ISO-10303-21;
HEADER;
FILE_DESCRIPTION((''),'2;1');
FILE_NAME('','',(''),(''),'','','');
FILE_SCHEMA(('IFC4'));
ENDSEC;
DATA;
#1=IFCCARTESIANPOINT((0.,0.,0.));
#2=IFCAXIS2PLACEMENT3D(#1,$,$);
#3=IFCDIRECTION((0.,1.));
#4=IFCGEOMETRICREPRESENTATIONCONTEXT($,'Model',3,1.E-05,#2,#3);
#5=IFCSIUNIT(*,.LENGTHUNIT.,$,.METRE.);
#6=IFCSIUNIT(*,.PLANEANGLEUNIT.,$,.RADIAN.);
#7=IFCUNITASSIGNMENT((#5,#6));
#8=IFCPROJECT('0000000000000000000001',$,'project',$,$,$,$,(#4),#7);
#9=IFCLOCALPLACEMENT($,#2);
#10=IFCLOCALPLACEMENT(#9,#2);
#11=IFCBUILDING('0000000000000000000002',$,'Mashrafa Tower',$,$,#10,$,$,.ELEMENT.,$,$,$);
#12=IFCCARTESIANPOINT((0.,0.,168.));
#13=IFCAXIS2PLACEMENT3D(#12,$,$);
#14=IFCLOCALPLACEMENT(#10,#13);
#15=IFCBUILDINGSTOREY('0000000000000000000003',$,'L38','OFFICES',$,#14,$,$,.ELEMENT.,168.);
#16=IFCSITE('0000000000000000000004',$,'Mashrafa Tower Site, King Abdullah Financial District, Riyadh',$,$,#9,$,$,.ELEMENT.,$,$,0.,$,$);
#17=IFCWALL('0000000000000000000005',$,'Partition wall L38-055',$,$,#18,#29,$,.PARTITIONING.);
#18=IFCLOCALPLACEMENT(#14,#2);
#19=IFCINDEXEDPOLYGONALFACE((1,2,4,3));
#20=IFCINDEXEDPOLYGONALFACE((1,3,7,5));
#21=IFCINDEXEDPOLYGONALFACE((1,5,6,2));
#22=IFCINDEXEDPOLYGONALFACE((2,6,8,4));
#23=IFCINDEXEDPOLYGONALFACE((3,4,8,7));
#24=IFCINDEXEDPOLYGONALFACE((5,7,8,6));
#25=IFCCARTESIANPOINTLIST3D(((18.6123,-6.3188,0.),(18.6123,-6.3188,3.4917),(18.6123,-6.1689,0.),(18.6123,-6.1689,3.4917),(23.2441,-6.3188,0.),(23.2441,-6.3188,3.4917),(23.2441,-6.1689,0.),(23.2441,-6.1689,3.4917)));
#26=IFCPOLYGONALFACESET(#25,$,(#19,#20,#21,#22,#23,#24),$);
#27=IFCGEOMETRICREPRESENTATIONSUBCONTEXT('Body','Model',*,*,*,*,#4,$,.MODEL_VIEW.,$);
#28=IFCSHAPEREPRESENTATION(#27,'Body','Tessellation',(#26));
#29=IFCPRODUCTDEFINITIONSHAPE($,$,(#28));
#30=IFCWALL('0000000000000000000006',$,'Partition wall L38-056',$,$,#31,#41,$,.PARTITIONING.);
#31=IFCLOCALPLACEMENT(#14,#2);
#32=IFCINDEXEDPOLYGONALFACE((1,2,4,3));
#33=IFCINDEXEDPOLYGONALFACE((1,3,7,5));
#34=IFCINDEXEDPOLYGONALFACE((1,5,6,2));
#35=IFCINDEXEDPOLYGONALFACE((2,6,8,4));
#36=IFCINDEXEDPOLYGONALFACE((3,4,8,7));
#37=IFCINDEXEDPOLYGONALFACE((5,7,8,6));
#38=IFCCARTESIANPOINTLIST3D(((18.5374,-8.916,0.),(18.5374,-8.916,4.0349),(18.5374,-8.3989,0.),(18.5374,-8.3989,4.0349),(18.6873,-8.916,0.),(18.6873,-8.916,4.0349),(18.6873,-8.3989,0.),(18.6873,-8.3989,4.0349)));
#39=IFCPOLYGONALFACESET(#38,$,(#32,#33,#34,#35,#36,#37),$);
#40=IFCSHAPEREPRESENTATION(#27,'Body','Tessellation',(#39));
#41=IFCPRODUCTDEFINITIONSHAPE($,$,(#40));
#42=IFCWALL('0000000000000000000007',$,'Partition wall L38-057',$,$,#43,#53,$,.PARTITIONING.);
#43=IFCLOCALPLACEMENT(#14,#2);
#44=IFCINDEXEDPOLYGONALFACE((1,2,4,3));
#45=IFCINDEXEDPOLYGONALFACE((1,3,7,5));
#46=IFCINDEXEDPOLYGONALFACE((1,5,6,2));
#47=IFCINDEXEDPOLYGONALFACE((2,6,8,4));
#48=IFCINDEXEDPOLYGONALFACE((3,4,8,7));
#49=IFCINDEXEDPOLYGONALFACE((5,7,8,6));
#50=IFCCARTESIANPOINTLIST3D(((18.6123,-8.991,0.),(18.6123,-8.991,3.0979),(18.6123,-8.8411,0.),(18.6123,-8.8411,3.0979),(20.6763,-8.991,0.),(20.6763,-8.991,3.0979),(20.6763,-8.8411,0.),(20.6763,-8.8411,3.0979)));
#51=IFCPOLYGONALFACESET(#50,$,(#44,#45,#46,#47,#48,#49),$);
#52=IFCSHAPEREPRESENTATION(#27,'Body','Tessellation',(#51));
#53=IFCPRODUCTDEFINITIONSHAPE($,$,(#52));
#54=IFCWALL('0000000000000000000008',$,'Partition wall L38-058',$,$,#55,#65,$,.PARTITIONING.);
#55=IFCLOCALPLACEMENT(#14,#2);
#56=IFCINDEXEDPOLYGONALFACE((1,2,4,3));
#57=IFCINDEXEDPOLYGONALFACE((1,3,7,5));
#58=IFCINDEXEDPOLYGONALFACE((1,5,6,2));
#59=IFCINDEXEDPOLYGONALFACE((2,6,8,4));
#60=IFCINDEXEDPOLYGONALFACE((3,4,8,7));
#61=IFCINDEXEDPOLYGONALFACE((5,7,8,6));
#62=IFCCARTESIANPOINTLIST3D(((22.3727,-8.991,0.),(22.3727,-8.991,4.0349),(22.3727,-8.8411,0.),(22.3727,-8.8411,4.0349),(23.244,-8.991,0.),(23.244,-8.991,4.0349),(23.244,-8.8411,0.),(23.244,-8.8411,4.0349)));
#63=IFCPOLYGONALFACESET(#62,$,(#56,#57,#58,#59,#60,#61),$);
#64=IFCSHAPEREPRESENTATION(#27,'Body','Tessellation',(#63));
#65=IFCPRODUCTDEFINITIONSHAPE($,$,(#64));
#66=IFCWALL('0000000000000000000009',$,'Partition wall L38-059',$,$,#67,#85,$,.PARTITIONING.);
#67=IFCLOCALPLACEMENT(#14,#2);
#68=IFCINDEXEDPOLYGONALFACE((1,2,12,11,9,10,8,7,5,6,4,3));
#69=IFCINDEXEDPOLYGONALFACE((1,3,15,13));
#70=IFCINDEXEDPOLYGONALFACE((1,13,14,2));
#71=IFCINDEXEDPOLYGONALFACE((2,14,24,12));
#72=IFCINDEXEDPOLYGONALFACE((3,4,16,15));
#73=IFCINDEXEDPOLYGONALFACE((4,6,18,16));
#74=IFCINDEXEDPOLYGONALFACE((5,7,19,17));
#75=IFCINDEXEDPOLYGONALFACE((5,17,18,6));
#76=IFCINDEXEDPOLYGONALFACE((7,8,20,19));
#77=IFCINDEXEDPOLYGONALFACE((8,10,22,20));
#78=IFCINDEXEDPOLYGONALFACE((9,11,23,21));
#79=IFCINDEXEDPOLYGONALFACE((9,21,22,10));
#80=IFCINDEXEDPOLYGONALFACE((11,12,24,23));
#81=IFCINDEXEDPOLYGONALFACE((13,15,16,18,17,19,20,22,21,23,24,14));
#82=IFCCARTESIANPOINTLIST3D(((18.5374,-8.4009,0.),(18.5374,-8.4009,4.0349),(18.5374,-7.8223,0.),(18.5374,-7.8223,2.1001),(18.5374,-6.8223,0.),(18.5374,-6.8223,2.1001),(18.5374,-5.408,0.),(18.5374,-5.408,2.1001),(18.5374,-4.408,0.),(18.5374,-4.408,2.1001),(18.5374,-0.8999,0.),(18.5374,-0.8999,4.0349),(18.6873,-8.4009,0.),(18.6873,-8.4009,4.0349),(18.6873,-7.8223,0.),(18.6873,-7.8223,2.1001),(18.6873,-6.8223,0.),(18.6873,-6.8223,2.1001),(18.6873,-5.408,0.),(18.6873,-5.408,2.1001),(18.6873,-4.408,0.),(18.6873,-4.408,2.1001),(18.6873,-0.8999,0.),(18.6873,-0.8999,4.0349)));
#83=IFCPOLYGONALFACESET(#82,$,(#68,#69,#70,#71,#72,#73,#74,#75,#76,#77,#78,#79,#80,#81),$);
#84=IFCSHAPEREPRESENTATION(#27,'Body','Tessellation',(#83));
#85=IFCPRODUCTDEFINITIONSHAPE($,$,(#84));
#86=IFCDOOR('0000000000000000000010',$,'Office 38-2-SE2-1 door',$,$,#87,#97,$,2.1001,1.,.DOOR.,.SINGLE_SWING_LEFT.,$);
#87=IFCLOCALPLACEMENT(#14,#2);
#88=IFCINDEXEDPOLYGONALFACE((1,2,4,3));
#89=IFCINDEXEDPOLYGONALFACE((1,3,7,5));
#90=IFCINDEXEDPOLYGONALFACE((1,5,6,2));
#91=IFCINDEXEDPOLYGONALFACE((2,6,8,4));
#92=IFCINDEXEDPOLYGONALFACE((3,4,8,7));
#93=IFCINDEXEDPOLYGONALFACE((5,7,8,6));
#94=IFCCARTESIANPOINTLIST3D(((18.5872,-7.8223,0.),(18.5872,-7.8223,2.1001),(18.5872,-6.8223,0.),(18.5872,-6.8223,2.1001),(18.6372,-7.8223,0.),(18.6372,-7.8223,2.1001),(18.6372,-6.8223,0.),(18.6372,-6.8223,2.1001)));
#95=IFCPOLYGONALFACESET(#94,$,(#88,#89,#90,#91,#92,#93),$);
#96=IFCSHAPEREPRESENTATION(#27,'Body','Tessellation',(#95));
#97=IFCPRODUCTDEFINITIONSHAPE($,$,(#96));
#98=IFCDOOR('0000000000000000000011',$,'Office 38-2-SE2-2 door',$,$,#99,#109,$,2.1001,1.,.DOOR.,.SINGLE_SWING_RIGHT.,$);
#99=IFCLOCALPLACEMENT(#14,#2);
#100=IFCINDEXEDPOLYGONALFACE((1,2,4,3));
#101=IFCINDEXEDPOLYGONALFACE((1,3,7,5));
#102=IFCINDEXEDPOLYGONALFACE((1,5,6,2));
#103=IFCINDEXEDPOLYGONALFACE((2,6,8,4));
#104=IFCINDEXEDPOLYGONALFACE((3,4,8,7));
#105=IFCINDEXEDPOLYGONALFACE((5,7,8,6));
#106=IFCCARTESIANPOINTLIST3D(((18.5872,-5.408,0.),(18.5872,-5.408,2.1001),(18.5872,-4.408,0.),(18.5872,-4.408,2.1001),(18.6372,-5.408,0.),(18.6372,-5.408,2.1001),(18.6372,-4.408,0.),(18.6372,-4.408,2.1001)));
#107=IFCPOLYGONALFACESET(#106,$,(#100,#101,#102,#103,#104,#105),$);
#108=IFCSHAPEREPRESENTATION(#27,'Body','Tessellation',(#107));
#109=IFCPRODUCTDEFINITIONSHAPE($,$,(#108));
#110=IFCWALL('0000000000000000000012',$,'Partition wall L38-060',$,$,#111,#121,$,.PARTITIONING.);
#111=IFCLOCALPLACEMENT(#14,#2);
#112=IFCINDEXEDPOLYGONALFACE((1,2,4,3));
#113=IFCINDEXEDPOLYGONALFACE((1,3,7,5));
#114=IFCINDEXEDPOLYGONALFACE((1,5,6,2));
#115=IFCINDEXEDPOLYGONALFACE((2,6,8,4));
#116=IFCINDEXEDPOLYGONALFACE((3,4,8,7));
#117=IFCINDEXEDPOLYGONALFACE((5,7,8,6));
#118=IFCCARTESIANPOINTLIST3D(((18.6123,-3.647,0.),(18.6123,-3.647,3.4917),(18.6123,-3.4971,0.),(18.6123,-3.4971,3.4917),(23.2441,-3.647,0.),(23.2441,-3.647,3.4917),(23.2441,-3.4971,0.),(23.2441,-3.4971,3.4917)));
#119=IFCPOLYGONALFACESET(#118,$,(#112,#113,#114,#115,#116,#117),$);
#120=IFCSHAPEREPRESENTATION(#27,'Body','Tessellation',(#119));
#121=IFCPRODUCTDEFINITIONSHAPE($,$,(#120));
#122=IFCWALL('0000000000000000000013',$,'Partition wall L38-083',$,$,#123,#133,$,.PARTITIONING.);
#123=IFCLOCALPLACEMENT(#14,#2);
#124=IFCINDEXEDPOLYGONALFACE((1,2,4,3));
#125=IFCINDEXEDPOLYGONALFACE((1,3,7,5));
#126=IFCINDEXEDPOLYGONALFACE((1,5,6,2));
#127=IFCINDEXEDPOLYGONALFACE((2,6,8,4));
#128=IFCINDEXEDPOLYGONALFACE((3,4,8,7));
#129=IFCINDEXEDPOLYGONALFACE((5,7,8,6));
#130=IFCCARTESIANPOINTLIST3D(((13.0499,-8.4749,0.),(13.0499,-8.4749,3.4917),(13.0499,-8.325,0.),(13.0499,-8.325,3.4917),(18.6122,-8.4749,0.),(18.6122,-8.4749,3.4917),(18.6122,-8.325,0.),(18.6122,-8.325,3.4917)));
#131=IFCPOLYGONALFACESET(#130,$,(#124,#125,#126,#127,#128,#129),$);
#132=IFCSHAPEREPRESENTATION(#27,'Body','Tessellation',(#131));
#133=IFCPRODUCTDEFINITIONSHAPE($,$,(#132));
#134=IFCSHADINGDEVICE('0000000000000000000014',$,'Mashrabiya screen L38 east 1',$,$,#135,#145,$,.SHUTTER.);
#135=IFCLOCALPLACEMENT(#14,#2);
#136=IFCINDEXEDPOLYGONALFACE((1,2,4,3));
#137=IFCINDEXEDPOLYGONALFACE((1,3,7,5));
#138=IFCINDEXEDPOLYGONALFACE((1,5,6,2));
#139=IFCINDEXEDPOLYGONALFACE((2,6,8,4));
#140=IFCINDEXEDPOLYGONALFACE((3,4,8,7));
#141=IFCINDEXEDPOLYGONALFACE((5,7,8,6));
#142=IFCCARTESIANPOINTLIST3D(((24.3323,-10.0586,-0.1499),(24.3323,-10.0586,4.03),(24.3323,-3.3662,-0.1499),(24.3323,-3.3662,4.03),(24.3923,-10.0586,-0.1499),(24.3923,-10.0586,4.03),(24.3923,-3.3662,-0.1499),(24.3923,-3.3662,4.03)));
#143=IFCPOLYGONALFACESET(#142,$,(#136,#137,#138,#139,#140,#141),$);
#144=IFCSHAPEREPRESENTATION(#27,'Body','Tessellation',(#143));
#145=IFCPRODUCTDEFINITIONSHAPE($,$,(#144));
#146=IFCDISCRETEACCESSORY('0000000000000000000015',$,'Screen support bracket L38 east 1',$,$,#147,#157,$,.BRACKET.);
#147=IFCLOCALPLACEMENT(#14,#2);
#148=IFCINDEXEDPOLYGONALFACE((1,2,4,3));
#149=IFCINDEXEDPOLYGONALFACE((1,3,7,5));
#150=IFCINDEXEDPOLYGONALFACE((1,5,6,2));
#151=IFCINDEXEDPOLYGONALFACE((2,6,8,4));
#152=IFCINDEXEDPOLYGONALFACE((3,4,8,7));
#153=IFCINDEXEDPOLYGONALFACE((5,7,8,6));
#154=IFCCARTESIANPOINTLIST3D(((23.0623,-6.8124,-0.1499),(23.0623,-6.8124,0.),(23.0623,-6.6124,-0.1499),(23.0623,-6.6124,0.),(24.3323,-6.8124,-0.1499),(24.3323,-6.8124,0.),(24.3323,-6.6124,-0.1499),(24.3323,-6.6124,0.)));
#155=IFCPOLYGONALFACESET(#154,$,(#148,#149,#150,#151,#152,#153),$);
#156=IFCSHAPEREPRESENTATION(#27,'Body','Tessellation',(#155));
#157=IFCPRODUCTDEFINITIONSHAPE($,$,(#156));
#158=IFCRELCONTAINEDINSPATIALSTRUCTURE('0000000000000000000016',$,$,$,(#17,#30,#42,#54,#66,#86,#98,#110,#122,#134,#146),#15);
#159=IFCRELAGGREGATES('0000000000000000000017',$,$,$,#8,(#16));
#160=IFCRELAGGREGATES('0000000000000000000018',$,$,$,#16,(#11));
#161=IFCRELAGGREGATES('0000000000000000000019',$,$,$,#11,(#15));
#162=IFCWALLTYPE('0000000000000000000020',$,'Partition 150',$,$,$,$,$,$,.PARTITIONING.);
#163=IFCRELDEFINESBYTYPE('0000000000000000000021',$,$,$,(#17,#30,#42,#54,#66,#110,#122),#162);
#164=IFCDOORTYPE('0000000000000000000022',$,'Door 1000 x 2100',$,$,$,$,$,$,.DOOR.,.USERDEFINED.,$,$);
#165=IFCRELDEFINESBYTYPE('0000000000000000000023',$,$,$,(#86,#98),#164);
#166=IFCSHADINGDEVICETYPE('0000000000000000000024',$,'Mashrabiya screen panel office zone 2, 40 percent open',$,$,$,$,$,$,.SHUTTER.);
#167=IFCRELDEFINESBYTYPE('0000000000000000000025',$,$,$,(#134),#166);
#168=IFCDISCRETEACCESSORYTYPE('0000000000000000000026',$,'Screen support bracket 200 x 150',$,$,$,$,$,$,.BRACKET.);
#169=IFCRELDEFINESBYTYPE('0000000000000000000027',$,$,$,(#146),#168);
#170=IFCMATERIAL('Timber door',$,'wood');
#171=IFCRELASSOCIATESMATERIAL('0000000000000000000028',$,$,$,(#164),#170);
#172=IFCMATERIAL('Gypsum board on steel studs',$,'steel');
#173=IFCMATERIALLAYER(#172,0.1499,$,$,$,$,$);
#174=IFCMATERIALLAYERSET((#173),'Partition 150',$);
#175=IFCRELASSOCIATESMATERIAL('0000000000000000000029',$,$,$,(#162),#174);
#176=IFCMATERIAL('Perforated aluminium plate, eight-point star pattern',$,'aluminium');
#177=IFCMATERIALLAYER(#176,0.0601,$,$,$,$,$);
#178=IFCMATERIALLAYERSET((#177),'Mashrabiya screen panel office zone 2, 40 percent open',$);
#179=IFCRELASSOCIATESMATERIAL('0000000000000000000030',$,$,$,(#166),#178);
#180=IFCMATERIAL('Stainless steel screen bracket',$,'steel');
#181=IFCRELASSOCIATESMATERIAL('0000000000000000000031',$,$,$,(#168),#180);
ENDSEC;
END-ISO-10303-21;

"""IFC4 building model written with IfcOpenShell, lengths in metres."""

from ifc_helpers import new_model, si_unit, direction, frame, frame_2d, origin, origin_2d, place, context, subcontext, project, spatial, rectangle, extrude, source, transform, mapped, material, layer, layer_set, type_object, type_shapes, element, fill, save


model = new_model("IFC4")

# Units and contexts
model_context = context("Model", 3, precision=1e-05, world=origin(), true_north=direction((0.0, 1.0)))
body_context = subcontext(model_context, "Body", "Model", "MODEL_VIEW")
ifc_project = project(units=[si_unit("LENGTHUNIT", "METRE"), si_unit("PLANEANGLEUNIT", "RADIAN")], contexts=[model_context])

# Site, building, storey
site_placement = place(None, origin())
site = spatial("IfcSite", under=ifc_project, at=site_placement, Name="Mashrafa Tower Site, King Abdullah Financial District, Riyadh", CompositionType="ELEMENT", RefElevation=0.0)
building_placement = place(site_placement, origin())
building = spatial("IfcBuilding", under=site, at=building_placement, Name="Mashrafa Tower", CompositionType="ELEMENT")
storey_placement = place(building_placement, frame((0.0, 0.0, 168.0)))
storey = spatial("IfcBuildingStorey", under=building, at=storey_placement, Name="L38", Description="OFFICES", CompositionType="ELEMENT", Elevation=168.0)

# Shared definitions
ifc_material_1 = material(Name="Timber door", Category="wood")
door_type_1 = type_object("IfcDoorType", Name="Door 1000 x 2100", OperationType="USERDEFINED", PredefinedType="DOOR", material=ifc_material_1)

# Walls
ifc_material_2 = material(Name="Gypsum board on steel studs", Category="steel")
ifc_layer_1 = layer(ifc_material_2, 0.1499)
ifc_layer_set_1 = layer_set([ifc_layer_1], Name="Partition 150")
wall_type_1 = type_object("IfcWallType", Name="Partition 150", PredefinedType="PARTITIONING", material=ifc_layer_set_1)
wall_1_placement = place(storey_placement, frame((23.2441, -6.2439, 0.0), z_axis=(0.0, 0.0, 1.0), x_axis=(-1.0, 0.0, 0.0)))
element("IfcWall", 1, at=wall_1_placement, inside=storey, type_object=wall_type_1, Name="Partition wall L38-055", PredefinedType="PARTITIONING", context=body_context, shape_type="SweptSolid", body=[
    extrude(rectangle(XDim=4.6318, YDim=0.1499, at=frame_2d((2.3159, 0.0))), origin(), (0.0, 0.0, 1.0), 3.4917),
])
wall_2_placement = place(storey_placement, frame((18.6123, -8.3989, 0.0), z_axis=(0.0, 0.0, 1.0), x_axis=(0.0, -1.0, 0.0)))
element("IfcWall", 2, at=wall_2_placement, inside=storey, type_object=wall_type_1, Name="Partition wall L38-056", PredefinedType="PARTITIONING", context=body_context, shape_type="SweptSolid", body=[
    extrude(rectangle(XDim=0.5171, YDim=0.1499, at=frame_2d((0.2585, 0.0))), origin(), (0.0, 0.0, 1.0), 4.0349),
])
wall_3_placement = place(storey_placement, frame((18.6123, -8.916, 0.0), z_axis=(0.0, 0.0, 1.0), x_axis=(1.0, 0.0, 0.0)))
element("IfcWall", 3, at=wall_3_placement, inside=storey, type_object=wall_type_1, Name="Partition wall L38-057", PredefinedType="PARTITIONING", context=body_context, shape_type="SweptSolid", body=[
    extrude(rectangle(XDim=2.064, YDim=0.1499, at=frame_2d((1.032, 0.0))), origin(), (0.0, 0.0, 1.0), 3.0979),
])
wall_4_placement = place(storey_placement, frame((22.3728, -8.916, 0.0), z_axis=(0.0, 0.0, 1.0), x_axis=(1.0, 0.0, 0.0)))
element("IfcWall", 4, at=wall_4_placement, inside=storey, type_object=wall_type_1, Name="Partition wall L38-058", PredefinedType="PARTITIONING", context=body_context, shape_type="SweptSolid", body=[
    extrude(rectangle(XDim=0.8713, YDim=0.1499, at=frame_2d((0.4355, 0.0))), origin(), (0.0, 0.0, 1.0), 4.0349),
])

# Wall, openings, doors
wall_5_placement = place(storey_placement, frame((18.6123, -8.4009, 0.0), z_axis=(0.0, 0.0, 1.0), x_axis=(0.0, 1.0, 0.0)))
wall_5 = element("IfcWall", 5, at=wall_5_placement, inside=storey, type_object=wall_type_1, Name="Partition wall L38-059", PredefinedType="PARTITIONING", context=body_context, shape_type="SweptSolid", body=[
    extrude(rectangle(XDim=7.501, YDim=0.1499, at=frame_2d((3.7505, 0.0))), origin(), (0.0, 0.0, 1.0), 4.0349),
])
opening_1_placement = place(wall_5_placement, frame((0.5786, 0.0, 0.0)))
opening_1 = element("IfcOpeningElement", 6, at=opening_1_placement, cuts=wall_5, PredefinedType="OPENING", context=body_context, shape_type="SweptSolid", body=[
    extrude(rectangle(XDim=1.0, YDim=2.1001, at=frame_2d((0.5, 1.05))), frame((0.0, 0.085, 0.0), z_axis=(0.0, -1.0, 0.0), x_axis=(1.0, 0.0, 0.0)), (0.0, 0.0, 1.0), 0.1699),
])
opening_2_placement = place(wall_5_placement, frame((2.9929, 0.0, 0.0)))
opening_2 = element("IfcOpeningElement", 7, at=opening_2_placement, cuts=wall_5, PredefinedType="OPENING", context=body_context, shape_type="SweptSolid", body=[
    extrude(rectangle(XDim=1.0, YDim=2.1001, at=frame_2d((0.5, 1.05))), frame((0.0, 0.085, 0.0), z_axis=(0.0, -1.0, 0.0), x_axis=(1.0, 0.0, 0.0)), (0.0, 0.0, 1.0), 0.1699),
])
door_1_placement = place(opening_1_placement, frame((1.0, 0.0, 0.0), z_axis=(0.0, 0.0, 1.0), x_axis=(-1.0, 0.0, 0.0)))
door_1 = element("IfcDoor", 8, at=door_1_placement, inside=storey, type_object=door_type_1, Name="Office 38-2-SE2-1 door", OperationType="SINGLE_SWING_LEFT", OverallHeight=2.1001, OverallWidth=1.0, PredefinedType="DOOR", context=body_context, shape_type="SweptSolid", body=[
    extrude(rectangle(XDim=1.0, YDim=2.1001, at=frame_2d((0.5, 1.05))), frame((0.0, 0.0249, 0.0), z_axis=(0.0, -1.0, 0.0), x_axis=(1.0, 0.0, 0.0)), (0.0, 0.0, 1.0), 0.05),
])
fill(opening_1, door_1)
door_2_placement = place(opening_2_placement, frame((1.0, 0.0, 0.0), z_axis=(0.0, 0.0, 1.0), x_axis=(-1.0, 0.0, 0.0)))
door_2 = element("IfcDoor", 9, at=door_2_placement, inside=storey, type_object=door_type_1, Name="Office 38-2-SE2-2 door", OperationType="SINGLE_SWING_RIGHT", OverallHeight=2.1001, OverallWidth=1.0, PredefinedType="DOOR", context=body_context, shape_type="SweptSolid", body=[
    extrude(rectangle(XDim=1.0, YDim=2.1001, at=frame_2d((0.5, 1.05))), frame((0.0, 0.0249, 0.0), z_axis=(0.0, -1.0, 0.0), x_axis=(1.0, 0.0, 0.0)), (0.0, 0.0, 1.0), 0.05),
])
fill(opening_2, door_2)

# Walls
wall_6_placement = place(storey_placement, frame((23.2441, -3.572, 0.0), z_axis=(0.0, 0.0, 1.0), x_axis=(-1.0, 0.0, 0.0)))
element("IfcWall", 10, at=wall_6_placement, inside=storey, type_object=wall_type_1, Name="Partition wall L38-060", PredefinedType="PARTITIONING", context=body_context, shape_type="SweptSolid", body=[
    extrude(rectangle(XDim=4.6318, YDim=0.1499, at=frame_2d((2.3159, 0.0))), origin(), (0.0, 0.0, 1.0), 3.4917),
])
wall_7_placement = place(storey_placement, frame((18.6123, -8.3999, 0.0), z_axis=(0.0, 0.0, 1.0), x_axis=(-1.0, 0.0, 0.0)))
element("IfcWall", 11, at=wall_7_placement, inside=storey, type_object=wall_type_1, Name="Partition wall L38-083", PredefinedType="PARTITIONING", context=body_context, shape_type="SweptSolid", body=[
    extrude(rectangle(XDim=5.5623, YDim=0.1499, at=frame_2d((2.7812, 0.0))), origin(), (0.0, 0.0, 1.0), 3.4917),
])

# Shading device
ifc_material_3 = material(Name="Perforated aluminium plate, eight-point star pattern", Category="aluminium")
ifc_layer_2 = layer(ifc_material_3, 0.0601)
ifc_layer_set_2 = layer_set([ifc_layer_2], Name="Mashrabiya screen panel office zone 2, 40 percent open")
shading_device_type = type_object("IfcShadingDeviceType", Name="Mashrabiya screen panel office zone 2, 40 percent open", PredefinedType="SHUTTER", material=ifc_layer_set_2)
shared_shape_1 = source(origin(), body_context, "Body", "SweptSolid", [
    extrude(rectangle(XDim=6.6924, YDim=0.0601, at=origin_2d()), origin(), (0.0, 0.0, 1.0), 4.1799),
])
type_shapes(shading_device_type, [shared_shape_1])
shading_device_placement = place(storey_placement, frame((24.3623, -6.7124, -0.1499), z_axis=(0.0, 0.0, 1.0), x_axis=(0.0, 1.0, 0.0)))
element("IfcShadingDevice", 12, at=shading_device_placement, inside=storey, type_object=shading_device_type, Name="Mashrabiya screen L38 east 1", PredefinedType="SHUTTER", context=body_context, shape_type="MappedRepresentation", body=[
    mapped(shared_shape_1, transform((0.0, 0.0, 0.0))),
])

# Discrete accessory
ifc_material_4 = material(Name="Stainless steel screen bracket", Category="steel")
discrete_accessory_type = type_object("IfcDiscreteAccessoryType", Name="Screen support bracket 200 x 150", PredefinedType="BRACKET", material=ifc_material_4)
shared_shape_2 = source(origin(), body_context, "Body", "SweptSolid", [
    extrude(rectangle(XDim=0.2, YDim=1.27, at=origin_2d()), origin(), (0.0, 0.0, 1.0), 0.1499),
])
type_shapes(discrete_accessory_type, [shared_shape_2])
discrete_accessory_placement = place(storey_placement, frame((23.6973, -6.7124, -0.1499), z_axis=(0.0, 0.0, 1.0), x_axis=(0.0, 1.0, 0.0)))
element("IfcDiscreteAccessory", 13, at=discrete_accessory_placement, inside=storey, type_object=discrete_accessory_type, Name="Screen support bracket L38 east 1", PredefinedType="BRACKET", context=body_context, shape_type="MappedRepresentation", body=[
    mapped(shared_shape_2, transform((0.0, 0.0, 0.0))),
])

save(model, "model.ifc")
